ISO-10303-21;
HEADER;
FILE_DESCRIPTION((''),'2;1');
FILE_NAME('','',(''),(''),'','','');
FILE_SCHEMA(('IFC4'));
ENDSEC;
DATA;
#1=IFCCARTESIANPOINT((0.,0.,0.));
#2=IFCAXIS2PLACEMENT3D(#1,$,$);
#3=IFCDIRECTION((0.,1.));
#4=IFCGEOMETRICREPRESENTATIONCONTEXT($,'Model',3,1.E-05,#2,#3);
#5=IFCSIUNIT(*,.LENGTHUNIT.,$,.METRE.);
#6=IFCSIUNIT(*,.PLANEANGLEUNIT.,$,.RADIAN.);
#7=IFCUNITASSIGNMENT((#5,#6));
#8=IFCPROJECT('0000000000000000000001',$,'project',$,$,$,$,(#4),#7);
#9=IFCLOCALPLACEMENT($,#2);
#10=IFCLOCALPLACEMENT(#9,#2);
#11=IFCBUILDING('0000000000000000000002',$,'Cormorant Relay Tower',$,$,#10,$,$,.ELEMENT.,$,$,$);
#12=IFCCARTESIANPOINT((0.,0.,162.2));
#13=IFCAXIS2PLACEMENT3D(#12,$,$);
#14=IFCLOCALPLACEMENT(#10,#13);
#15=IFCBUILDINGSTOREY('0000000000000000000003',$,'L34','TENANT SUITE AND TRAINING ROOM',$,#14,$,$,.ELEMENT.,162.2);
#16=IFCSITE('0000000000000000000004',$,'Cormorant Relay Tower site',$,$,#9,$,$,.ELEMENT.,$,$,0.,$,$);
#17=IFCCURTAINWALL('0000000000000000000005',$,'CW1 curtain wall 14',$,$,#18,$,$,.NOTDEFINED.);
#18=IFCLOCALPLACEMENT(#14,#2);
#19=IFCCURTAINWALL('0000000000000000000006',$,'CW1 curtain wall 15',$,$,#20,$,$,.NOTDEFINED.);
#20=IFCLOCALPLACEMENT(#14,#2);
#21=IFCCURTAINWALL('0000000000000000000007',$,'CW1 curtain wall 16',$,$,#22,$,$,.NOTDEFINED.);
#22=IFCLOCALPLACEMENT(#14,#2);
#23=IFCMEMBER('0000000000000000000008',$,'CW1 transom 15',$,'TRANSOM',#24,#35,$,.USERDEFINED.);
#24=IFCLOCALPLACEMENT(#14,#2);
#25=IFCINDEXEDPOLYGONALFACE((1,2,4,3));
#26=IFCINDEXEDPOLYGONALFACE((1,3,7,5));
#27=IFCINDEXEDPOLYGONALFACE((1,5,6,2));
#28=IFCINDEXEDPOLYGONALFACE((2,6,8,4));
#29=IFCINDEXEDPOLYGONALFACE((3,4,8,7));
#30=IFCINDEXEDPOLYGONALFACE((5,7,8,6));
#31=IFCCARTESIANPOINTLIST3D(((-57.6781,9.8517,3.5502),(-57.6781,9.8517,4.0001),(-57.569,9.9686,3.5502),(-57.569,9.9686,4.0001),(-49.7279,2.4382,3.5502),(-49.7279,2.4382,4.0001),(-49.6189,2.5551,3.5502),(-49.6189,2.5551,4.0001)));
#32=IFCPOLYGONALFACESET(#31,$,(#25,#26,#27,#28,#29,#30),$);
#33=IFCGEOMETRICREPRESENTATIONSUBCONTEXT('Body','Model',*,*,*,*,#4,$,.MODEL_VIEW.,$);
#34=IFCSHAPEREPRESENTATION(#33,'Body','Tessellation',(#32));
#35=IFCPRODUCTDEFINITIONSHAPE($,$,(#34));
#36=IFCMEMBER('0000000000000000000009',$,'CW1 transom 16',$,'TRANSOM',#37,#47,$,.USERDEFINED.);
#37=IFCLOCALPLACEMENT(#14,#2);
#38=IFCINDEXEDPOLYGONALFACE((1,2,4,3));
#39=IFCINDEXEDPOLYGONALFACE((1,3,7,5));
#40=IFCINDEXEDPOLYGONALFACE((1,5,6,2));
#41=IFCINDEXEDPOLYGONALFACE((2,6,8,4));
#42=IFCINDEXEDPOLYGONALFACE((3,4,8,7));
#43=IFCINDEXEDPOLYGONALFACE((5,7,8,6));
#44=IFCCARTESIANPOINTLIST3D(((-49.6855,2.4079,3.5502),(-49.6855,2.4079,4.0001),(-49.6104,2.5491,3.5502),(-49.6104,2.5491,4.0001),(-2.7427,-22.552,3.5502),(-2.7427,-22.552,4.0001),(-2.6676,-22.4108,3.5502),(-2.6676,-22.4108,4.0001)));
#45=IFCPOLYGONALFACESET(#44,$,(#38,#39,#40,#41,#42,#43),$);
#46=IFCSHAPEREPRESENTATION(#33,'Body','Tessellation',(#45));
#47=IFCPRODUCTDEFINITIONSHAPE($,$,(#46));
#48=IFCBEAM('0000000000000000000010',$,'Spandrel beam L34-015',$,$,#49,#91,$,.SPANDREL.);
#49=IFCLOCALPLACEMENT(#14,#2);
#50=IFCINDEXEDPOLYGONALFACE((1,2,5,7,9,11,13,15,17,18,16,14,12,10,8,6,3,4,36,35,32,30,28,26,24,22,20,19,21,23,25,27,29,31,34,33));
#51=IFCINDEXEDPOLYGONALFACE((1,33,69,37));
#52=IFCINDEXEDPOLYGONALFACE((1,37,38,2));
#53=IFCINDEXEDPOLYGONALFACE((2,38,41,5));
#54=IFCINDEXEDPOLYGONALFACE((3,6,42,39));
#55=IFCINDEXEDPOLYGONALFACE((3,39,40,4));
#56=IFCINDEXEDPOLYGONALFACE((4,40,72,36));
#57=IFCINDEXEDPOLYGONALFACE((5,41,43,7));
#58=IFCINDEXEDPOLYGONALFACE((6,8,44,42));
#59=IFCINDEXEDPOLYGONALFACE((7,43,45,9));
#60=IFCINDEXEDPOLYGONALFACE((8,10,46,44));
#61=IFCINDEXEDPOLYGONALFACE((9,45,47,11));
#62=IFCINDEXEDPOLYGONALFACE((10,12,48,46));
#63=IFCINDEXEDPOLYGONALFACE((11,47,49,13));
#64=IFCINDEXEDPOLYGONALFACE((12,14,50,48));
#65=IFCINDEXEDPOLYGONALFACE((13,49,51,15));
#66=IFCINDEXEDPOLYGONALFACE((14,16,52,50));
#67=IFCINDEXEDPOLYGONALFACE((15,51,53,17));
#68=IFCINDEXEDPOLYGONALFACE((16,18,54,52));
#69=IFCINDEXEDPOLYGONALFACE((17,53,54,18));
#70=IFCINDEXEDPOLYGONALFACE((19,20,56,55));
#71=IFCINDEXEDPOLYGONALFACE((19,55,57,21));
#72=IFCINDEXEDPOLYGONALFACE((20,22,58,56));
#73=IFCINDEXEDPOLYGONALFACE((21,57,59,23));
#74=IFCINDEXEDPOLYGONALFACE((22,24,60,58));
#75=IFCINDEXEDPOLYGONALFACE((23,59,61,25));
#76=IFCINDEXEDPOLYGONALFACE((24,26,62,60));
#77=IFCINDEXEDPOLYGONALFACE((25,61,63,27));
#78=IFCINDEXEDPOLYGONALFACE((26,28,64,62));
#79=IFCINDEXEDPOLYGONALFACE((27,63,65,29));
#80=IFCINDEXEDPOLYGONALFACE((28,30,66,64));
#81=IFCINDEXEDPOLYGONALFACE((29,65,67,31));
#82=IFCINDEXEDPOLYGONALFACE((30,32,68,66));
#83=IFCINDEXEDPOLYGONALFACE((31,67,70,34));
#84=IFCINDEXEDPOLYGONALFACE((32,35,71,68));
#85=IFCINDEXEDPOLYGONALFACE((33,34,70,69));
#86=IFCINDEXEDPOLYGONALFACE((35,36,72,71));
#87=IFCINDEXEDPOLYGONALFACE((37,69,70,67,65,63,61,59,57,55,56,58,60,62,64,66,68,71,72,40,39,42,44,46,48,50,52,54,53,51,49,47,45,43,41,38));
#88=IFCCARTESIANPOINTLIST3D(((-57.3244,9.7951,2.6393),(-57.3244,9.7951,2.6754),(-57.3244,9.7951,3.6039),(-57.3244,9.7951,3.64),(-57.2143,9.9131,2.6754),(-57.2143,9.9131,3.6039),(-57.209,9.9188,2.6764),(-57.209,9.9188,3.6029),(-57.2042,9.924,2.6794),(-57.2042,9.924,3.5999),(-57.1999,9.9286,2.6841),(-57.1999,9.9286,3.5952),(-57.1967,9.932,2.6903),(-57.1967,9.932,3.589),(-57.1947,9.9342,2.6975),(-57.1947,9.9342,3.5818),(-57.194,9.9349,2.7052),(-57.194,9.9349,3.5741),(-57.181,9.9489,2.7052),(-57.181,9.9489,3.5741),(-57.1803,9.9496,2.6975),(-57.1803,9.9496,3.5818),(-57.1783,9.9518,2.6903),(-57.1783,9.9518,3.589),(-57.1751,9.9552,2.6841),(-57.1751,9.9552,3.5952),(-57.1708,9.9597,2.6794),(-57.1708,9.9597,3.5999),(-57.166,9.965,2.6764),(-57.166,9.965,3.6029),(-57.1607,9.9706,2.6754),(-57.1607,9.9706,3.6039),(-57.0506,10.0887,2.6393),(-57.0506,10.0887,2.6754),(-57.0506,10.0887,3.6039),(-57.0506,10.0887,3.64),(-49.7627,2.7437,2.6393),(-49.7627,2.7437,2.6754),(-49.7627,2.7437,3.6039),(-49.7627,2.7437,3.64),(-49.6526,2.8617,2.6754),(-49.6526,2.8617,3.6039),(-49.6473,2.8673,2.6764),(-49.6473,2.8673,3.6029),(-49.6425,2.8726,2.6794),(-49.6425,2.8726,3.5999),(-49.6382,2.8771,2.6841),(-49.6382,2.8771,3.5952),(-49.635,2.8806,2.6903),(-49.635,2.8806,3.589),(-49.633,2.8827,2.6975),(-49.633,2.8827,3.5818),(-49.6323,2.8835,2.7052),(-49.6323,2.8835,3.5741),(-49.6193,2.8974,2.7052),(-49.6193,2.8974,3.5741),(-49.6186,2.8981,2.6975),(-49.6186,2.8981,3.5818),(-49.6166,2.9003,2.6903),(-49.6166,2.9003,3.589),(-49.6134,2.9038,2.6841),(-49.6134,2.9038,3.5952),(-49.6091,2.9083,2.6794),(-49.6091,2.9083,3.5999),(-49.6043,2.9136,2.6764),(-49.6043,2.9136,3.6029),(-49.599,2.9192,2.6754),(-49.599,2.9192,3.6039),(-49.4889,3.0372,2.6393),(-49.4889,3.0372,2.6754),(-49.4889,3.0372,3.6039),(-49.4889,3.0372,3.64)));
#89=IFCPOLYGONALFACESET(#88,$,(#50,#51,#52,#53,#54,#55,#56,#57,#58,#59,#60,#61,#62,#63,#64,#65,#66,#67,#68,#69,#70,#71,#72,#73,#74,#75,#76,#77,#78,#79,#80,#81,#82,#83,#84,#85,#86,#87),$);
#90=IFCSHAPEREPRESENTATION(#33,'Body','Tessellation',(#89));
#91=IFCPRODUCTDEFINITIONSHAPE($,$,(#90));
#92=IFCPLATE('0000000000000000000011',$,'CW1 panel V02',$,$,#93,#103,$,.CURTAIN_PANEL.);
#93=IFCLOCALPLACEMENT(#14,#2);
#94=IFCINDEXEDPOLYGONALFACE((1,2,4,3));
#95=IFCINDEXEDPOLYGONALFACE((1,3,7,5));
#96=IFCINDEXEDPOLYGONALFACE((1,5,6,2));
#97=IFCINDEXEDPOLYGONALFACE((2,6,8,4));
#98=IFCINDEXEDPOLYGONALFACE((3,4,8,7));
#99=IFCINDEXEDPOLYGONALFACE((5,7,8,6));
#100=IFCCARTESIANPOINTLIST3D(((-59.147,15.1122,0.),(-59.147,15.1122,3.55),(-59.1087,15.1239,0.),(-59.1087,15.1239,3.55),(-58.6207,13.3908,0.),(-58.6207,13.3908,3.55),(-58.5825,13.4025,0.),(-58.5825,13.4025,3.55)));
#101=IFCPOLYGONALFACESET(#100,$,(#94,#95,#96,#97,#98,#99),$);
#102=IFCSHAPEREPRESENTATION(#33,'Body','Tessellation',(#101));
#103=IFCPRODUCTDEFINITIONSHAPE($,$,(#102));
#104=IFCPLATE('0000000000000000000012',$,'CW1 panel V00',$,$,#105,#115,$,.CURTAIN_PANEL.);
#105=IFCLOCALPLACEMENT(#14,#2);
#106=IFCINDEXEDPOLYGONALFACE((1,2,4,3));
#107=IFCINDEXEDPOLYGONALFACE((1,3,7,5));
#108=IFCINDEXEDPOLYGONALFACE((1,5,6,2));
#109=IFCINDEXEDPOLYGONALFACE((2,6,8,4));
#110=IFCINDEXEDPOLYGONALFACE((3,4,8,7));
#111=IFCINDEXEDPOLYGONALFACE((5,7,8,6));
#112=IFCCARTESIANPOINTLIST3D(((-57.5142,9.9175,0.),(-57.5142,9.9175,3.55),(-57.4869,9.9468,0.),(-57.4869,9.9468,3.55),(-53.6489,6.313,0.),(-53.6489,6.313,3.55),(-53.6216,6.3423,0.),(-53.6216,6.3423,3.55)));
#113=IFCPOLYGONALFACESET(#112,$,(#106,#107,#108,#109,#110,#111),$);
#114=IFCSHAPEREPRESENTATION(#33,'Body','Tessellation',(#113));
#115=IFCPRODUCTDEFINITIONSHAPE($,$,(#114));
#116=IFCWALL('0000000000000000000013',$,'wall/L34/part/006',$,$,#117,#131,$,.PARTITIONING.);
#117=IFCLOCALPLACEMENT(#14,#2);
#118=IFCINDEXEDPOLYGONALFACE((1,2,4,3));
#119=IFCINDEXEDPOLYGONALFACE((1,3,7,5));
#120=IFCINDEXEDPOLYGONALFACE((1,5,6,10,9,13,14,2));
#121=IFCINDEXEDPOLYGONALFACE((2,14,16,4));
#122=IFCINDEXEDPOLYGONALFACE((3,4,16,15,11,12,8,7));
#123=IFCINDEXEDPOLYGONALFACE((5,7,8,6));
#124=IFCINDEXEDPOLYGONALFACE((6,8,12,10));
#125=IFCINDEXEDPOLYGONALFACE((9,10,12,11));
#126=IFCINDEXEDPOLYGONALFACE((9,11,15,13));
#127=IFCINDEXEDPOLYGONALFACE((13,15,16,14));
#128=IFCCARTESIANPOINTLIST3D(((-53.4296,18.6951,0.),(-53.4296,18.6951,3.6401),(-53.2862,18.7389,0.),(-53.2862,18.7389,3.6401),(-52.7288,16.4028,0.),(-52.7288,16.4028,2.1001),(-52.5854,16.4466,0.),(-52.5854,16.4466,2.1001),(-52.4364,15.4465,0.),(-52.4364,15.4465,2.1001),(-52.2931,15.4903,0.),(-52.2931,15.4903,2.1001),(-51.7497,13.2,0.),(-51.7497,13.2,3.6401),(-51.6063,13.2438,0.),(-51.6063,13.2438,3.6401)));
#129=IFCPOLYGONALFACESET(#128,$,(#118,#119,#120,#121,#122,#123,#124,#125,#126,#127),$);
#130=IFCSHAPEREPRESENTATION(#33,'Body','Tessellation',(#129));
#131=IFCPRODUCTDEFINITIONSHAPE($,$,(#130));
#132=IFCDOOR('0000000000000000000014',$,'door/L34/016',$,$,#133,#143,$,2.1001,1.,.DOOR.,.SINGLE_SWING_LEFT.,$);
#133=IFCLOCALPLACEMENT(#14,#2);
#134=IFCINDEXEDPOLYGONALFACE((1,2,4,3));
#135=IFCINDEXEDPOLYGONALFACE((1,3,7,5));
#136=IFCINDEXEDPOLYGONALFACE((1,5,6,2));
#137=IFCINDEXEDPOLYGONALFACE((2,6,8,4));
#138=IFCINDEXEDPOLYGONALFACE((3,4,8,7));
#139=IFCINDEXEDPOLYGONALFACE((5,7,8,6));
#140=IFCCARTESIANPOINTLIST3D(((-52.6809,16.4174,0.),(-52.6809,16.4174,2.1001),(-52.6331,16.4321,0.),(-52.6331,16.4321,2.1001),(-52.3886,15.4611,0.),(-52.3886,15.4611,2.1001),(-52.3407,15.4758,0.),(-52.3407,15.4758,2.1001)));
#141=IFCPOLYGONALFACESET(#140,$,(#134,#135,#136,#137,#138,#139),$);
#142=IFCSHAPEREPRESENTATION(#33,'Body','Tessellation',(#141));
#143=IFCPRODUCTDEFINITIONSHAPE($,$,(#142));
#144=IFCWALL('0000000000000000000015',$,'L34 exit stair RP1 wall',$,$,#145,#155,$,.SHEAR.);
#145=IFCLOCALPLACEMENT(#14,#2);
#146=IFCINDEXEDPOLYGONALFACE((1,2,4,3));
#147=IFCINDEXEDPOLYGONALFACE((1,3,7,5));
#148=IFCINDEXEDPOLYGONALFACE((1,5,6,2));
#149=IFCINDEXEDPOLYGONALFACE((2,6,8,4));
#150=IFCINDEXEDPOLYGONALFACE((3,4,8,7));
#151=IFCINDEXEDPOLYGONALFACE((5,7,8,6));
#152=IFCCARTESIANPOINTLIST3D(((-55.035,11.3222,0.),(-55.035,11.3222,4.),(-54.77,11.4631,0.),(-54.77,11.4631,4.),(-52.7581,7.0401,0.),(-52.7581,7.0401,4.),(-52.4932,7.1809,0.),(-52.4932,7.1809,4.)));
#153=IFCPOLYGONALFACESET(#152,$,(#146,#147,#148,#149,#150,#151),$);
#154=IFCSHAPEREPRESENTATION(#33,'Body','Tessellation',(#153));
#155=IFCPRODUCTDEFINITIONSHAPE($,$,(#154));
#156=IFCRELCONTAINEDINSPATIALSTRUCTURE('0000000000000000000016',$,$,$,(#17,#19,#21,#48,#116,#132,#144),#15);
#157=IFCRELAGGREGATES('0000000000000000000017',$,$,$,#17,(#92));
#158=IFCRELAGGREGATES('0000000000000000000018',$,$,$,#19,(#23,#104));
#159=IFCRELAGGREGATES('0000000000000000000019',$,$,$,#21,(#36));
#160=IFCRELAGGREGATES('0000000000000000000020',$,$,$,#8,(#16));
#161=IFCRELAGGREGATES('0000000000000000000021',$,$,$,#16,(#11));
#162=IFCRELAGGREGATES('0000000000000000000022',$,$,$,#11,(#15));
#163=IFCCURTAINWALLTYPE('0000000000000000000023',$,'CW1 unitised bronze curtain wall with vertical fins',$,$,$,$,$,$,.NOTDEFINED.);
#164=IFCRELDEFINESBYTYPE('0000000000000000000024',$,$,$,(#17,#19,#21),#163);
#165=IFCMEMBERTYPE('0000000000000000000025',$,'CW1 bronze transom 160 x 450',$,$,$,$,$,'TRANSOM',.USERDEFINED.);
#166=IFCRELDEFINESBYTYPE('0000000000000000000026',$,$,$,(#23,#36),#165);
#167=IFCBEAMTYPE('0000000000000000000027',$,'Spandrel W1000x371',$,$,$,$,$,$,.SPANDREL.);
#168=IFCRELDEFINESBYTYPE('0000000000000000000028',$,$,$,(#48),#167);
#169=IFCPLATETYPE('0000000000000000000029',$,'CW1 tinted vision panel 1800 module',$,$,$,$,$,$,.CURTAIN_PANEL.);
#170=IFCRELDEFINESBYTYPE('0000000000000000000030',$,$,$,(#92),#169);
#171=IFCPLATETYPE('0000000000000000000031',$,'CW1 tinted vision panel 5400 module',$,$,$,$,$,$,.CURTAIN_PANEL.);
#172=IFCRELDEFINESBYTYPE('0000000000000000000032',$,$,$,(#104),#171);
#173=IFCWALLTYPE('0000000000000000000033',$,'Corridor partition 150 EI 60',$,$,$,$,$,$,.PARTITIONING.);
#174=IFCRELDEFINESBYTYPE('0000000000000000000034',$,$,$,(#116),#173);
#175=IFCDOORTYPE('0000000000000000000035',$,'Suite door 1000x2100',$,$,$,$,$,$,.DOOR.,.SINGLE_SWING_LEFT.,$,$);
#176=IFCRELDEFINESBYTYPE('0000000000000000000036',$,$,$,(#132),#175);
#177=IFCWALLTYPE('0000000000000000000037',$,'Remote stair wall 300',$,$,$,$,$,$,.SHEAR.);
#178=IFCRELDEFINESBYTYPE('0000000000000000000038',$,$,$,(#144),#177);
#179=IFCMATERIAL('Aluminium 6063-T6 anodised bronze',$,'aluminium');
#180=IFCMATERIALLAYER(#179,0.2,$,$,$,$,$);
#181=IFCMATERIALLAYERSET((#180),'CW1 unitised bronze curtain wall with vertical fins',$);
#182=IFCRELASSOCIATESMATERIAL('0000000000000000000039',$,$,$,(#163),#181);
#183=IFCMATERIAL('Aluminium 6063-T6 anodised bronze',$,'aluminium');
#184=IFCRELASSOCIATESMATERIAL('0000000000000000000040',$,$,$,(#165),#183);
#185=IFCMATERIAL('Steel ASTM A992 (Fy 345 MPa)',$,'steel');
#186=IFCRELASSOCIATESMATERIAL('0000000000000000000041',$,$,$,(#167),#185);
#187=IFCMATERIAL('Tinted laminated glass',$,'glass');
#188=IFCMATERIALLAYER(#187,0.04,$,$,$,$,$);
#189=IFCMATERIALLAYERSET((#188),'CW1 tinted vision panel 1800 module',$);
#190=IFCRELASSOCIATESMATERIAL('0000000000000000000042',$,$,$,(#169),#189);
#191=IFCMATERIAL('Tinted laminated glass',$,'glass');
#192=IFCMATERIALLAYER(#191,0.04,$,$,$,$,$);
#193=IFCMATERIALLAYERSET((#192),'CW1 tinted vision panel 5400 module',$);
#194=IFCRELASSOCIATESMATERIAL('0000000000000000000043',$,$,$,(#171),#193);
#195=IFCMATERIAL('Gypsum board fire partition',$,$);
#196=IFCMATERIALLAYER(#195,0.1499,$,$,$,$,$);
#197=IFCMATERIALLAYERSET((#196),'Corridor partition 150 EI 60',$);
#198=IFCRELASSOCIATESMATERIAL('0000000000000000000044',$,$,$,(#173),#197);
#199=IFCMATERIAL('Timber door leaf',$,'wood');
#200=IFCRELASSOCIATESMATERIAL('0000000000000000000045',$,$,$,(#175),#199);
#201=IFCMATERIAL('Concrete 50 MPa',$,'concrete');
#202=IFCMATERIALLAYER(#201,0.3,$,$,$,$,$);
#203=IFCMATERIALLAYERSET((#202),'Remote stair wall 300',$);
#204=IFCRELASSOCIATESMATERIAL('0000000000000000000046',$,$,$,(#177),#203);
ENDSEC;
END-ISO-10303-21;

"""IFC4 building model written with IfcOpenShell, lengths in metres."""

from ifc_helpers import new_model, si_unit, direction, frame, frame_2d, origin, origin_2d, place, context, subcontext, project, spatial, rectangle, i_section, extrude, material, layer, layer_set, material_profile, profile_set, type_object, element, fill, aggregate, save


model = new_model("IFC4")

# Units and contexts
model_context = context("Model", 3, precision=1e-05, world=origin(), true_north=direction((0.0, 1.0)))
body_context = subcontext(model_context, "Body", "Model", "MODEL_VIEW")
ifc_project = project(units=[si_unit("LENGTHUNIT", "METRE"), si_unit("PLANEANGLEUNIT", "RADIAN")], contexts=[model_context])

# Site, building, storey
site_placement = place(None, origin())
site = spatial("IfcSite", under=ifc_project, at=site_placement, Name="Cormorant Relay Tower site", CompositionType="ELEMENT", RefElevation=0.0)
building_placement = place(site_placement, origin())
building = spatial("IfcBuilding", under=site, at=building_placement, Name="Cormorant Relay Tower", CompositionType="ELEMENT")
storey_placement = place(building_placement, frame((0.0, 0.0, 162.2)))
storey = spatial("IfcBuildingStorey", under=building, at=storey_placement, Name="L34", Description="TENANT SUITE AND TRAINING ROOM", CompositionType="ELEMENT", Elevation=162.2)

# Curtain wall
ifc_material_1 = material(Name="Aluminium 6063-T6 anodised bronze", Category="aluminium")
ifc_layer_1 = layer(ifc_material_1, 0.2)
ifc_layer_set_1 = layer_set([ifc_layer_1], Name="CW1 unitised bronze curtain wall with vertical fins")
curtain_wall_type = type_object("IfcCurtainWallType", Name="CW1 unitised bronze curtain wall with vertical fins", PredefinedType="NOTDEFINED", material=ifc_layer_set_1)
curtain_wall_1_placement = place(storey_placement, origin())
curtain_wall_1 = element("IfcCurtainWall", 1, at=curtain_wall_1_placement, inside=storey, type_object=curtain_wall_type, Name="CW1 curtain wall 14", PredefinedType="NOTDEFINED")

# Curtain wall
curtain_wall_2_placement = place(storey_placement, origin())
curtain_wall_2 = element("IfcCurtainWall", 2, at=curtain_wall_2_placement, inside=storey, type_object=curtain_wall_type, Name="CW1 curtain wall 15", PredefinedType="NOTDEFINED")

# Curtain wall
curtain_wall_3_placement = place(storey_placement, origin())
curtain_wall_3 = element("IfcCurtainWall", 3, at=curtain_wall_3_placement, inside=storey, type_object=curtain_wall_type, Name="CW1 curtain wall 16", PredefinedType="NOTDEFINED")

# Members
ifc_material_2 = material(Name="Aluminium 6063-T6 anodised bronze", Category="aluminium")
ifc_material_profile_1 = material_profile(ifc_material_2, rectangle(XDim=0.1599, YDim=0.45, at=origin_2d()), Name="AL 160x450")
ifc_profile_set_1 = profile_set([ifc_material_profile_1], Name="Aluminium 6063-T6 anodised bronze")
member_type_1 = type_object("IfcMemberType", Name="CW1 bronze transom 160 x 450", ElementType="TRANSOM", PredefinedType="USERDEFINED", material=ifc_profile_set_1)
member_1_placement = place(storey_placement, frame((-57.6235, 9.9102, 3.7751), z_axis=(0.731358, -0.681993, 0.0), x_axis=(0.681993, 0.731358, 0.0)))
member_1 = element("IfcMember", 4, at=member_1_placement, type_object=member_type_1, Name="CW1 transom 15", ObjectType="TRANSOM", PredefinedType="USERDEFINED", context=body_context, shape_type="SweptSolid", body=[
    extrude(rectangle(XDim=0.1599, YDim=0.45, at=origin_2d()), origin(), (0.0, 0.0, 1.0), 10.8704),
])
member_2_placement = place(storey_placement, frame((-49.6479, 2.4785, 3.7751), z_axis=(0.882948, -0.469471, 0.0), x_axis=(0.469471, 0.882948, 0.0)))
member_2 = element("IfcMember", 5, at=member_2_placement, type_object=member_type_1, Name="CW1 transom 16", ObjectType="TRANSOM", PredefinedType="USERDEFINED", context=body_context, shape_type="SweptSolid", body=[
    extrude(rectangle(XDim=0.1599, YDim=0.45, at=origin_2d()), origin(), (0.0, 0.0, 1.0), 53.166),
])

# Beam
ifc_material_3 = material(Name="Steel ASTM A992 (Fy 345 MPa)", Category="steel")
ifc_material_profile_2 = material_profile(ifc_material_3, i_section(OverallWidth=0.4014, OverallDepth=1.0007, WebThickness=0.019, FlangeThickness=0.0361, FilletRadius=0.0298, at=origin_2d()), Name="W1000x371")
ifc_profile_set_2 = profile_set([ifc_material_profile_2], Name="Steel ASTM A992 (Fy 345 MPa)")
beam_type = type_object("IfcBeamType", Name="Spandrel W1000x371", PredefinedType="SPANDREL", material=ifc_profile_set_2)
beam_placement = place(storey_placement, frame((-57.1875, 9.9419, 3.1396), z_axis=(0.731351, -0.682001, 0.0), x_axis=(0.682001, 0.731351, 0.0)))
element("IfcBeam", 6, at=beam_placement, inside=storey, type_object=beam_type, Name="Spandrel beam L34-015", PredefinedType="SPANDREL", context=body_context, shape_type="SweptSolid", body=[
    extrude(i_section(OverallWidth=0.4014, OverallDepth=1.0007, WebThickness=0.019, FlangeThickness=0.0361, FilletRadius=0.0298, at=origin_2d()), origin(), (0.0, 0.0, 1.0), 10.3394),
])

# Plates
ifc_material_4 = material(Name="Tinted laminated glass", Category="glass")
ifc_layer_2 = layer(ifc_material_4, 0.04)
ifc_layer_set_2 = layer_set([ifc_layer_2], Name="CW1 tinted vision panel 1800 module")
plate_type_1 = type_object("IfcPlateType", Name="CW1 tinted vision panel 1800 module", PredefinedType="CURTAIN_PANEL", material=ifc_layer_set_2)
plate_1_placement = place(storey_placement, frame((-58.8647, 14.2573, 0.0), z_axis=(0.0, 0.0, 1.0), x_axis=(0.292372, -0.956305, 0.0)))
plate_1 = element("IfcPlate", 7, at=plate_1_placement, type_object=plate_type_1, Name="CW1 panel V02", PredefinedType="CURTAIN_PANEL", context=body_context, shape_type="SweptSolid", body=[
    extrude(rectangle(XDim=1.8, YDim=0.04, at=origin_2d()), origin(), (0.0, 0.0, 1.0), 3.55),
])
ifc_material_5 = material(Name="Tinted laminated glass", Category="glass")
ifc_layer_3 = layer(ifc_material_5, 0.04)
ifc_layer_set_3 = layer_set([ifc_layer_3], Name="CW1 tinted vision panel 5400 module")
plate_type_2 = type_object("IfcPlateType", Name="CW1 tinted vision panel 5400 module", PredefinedType="CURTAIN_PANEL", material=ifc_layer_set_3)
plate_2_placement = place(storey_placement, frame((-55.5679, 8.1299, 0.0), z_axis=(0.0, 0.0, 1.0), x_axis=(0.731354, -0.681998, 0.0)))
plate_2 = element("IfcPlate", 8, at=plate_2_placement, type_object=plate_type_2, Name="CW1 panel V00", PredefinedType="CURTAIN_PANEL", context=body_context, shape_type="SweptSolid", body=[
    extrude(rectangle(XDim=5.2852, YDim=0.04, at=origin_2d()), origin(), (0.0, 0.0, 1.0), 3.55),
])

# Wall, opening, door
ifc_material_6 = material(Name="Gypsum board fire partition")
ifc_layer_4 = layer(ifc_material_6, 0.1499)
ifc_layer_set_4 = layer_set([ifc_layer_4], Name="Corridor partition 150 EI 60")
wall_type_1 = type_object("IfcWallType", Name="Corridor partition 150 EI 60", PredefinedType="PARTITIONING", material=ifc_layer_set_4)
wall_1_placement = place(storey_placement, frame((-51.678, 13.2219, 0.0), z_axis=(0.0, 0.0, 1.0), x_axis=(-0.292357, 0.956309, 0.0)))
wall_1 = element("IfcWall", 9, at=wall_1_placement, inside=storey, type_object=wall_type_1, Name="wall/L34/part/006", PredefinedType="PARTITIONING", context=body_context, shape_type="SweptSolid", body=[
    extrude(rectangle(XDim=5.7461, YDim=0.1499, at=frame_2d((2.873, 0.0))), origin(), (0.0, 0.0, 1.0), 3.6401),
])
opening_1_placement = place(wall_1_placement, frame((2.3491, 0.0, 0.0)))
opening_1 = element("IfcOpeningElement", 10, at=opening_1_placement, cuts=wall_1, PredefinedType="OPENING", context=body_context, shape_type="SweptSolid", body=[
    extrude(rectangle(XDim=1.0, YDim=2.1001, at=frame_2d((0.5, 1.05))), frame((0.0, 0.085, 0.0), z_axis=(0.0, -1.0, 0.0), x_axis=(1.0, 0.0, 0.0)), (0.0, 0.0, 1.0), 0.1699),
])
ifc_material_7 = material(Name="Timber door leaf", Category="wood")
door_type_1 = type_object("IfcDoorType", Name="Suite door 1000x2100", OperationType="SINGLE_SWING_LEFT", PredefinedType="DOOR", material=ifc_material_7)
door_1_placement = place(opening_1_placement, origin())
door_1 = element("IfcDoor", 11, at=door_1_placement, inside=storey, type_object=door_type_1, Name="door/L34/016", OperationType="SINGLE_SWING_LEFT", OverallHeight=2.1001, OverallWidth=1.0, PredefinedType="DOOR", context=body_context, shape_type="SweptSolid", body=[
    extrude(rectangle(XDim=1.0, YDim=2.1001, at=frame_2d((0.5, 1.05))), frame((0.0, 0.0249, 0.0), z_axis=(0.0, -1.0, 0.0), x_axis=(1.0, 0.0, 0.0)), (0.0, 0.0, 1.0), 0.05),
])
fill(opening_1, door_1)

# Wall
ifc_material_8 = material(Name="Concrete 50 MPa", Category="concrete")
ifc_layer_5 = layer(ifc_material_8, 0.3)
ifc_layer_set_5 = layer_set([ifc_layer_5], Name="Remote stair wall 300")
wall_type_2 = type_object("IfcWallType", Name="Remote stair wall 300", PredefinedType="SHEAR", material=ifc_layer_set_5)
wall_2_placement = place(storey_placement, frame((-52.6257, 7.1106, 0.0), z_axis=(0.0, 0.0, 1.0), x_axis=(-0.469464, 0.882951, 0.0)))
element("IfcWall", 12, at=wall_2_placement, inside=storey, type_object=wall_type_2, Name="L34 exit stair RP1 wall", PredefinedType="SHEAR", context=body_context, shape_type="SweptSolid", body=[
    extrude(rectangle(XDim=4.8499, YDim=0.3, at=frame_2d((2.4248, 0.0))), origin(), (0.0, 0.0, 1.0), 4.0),
])

aggregate(curtain_wall_1, [plate_1])
aggregate(curtain_wall_2, [member_1, plate_2])
aggregate(curtain_wall_3, [member_2])

save(model, "model.ifc")
